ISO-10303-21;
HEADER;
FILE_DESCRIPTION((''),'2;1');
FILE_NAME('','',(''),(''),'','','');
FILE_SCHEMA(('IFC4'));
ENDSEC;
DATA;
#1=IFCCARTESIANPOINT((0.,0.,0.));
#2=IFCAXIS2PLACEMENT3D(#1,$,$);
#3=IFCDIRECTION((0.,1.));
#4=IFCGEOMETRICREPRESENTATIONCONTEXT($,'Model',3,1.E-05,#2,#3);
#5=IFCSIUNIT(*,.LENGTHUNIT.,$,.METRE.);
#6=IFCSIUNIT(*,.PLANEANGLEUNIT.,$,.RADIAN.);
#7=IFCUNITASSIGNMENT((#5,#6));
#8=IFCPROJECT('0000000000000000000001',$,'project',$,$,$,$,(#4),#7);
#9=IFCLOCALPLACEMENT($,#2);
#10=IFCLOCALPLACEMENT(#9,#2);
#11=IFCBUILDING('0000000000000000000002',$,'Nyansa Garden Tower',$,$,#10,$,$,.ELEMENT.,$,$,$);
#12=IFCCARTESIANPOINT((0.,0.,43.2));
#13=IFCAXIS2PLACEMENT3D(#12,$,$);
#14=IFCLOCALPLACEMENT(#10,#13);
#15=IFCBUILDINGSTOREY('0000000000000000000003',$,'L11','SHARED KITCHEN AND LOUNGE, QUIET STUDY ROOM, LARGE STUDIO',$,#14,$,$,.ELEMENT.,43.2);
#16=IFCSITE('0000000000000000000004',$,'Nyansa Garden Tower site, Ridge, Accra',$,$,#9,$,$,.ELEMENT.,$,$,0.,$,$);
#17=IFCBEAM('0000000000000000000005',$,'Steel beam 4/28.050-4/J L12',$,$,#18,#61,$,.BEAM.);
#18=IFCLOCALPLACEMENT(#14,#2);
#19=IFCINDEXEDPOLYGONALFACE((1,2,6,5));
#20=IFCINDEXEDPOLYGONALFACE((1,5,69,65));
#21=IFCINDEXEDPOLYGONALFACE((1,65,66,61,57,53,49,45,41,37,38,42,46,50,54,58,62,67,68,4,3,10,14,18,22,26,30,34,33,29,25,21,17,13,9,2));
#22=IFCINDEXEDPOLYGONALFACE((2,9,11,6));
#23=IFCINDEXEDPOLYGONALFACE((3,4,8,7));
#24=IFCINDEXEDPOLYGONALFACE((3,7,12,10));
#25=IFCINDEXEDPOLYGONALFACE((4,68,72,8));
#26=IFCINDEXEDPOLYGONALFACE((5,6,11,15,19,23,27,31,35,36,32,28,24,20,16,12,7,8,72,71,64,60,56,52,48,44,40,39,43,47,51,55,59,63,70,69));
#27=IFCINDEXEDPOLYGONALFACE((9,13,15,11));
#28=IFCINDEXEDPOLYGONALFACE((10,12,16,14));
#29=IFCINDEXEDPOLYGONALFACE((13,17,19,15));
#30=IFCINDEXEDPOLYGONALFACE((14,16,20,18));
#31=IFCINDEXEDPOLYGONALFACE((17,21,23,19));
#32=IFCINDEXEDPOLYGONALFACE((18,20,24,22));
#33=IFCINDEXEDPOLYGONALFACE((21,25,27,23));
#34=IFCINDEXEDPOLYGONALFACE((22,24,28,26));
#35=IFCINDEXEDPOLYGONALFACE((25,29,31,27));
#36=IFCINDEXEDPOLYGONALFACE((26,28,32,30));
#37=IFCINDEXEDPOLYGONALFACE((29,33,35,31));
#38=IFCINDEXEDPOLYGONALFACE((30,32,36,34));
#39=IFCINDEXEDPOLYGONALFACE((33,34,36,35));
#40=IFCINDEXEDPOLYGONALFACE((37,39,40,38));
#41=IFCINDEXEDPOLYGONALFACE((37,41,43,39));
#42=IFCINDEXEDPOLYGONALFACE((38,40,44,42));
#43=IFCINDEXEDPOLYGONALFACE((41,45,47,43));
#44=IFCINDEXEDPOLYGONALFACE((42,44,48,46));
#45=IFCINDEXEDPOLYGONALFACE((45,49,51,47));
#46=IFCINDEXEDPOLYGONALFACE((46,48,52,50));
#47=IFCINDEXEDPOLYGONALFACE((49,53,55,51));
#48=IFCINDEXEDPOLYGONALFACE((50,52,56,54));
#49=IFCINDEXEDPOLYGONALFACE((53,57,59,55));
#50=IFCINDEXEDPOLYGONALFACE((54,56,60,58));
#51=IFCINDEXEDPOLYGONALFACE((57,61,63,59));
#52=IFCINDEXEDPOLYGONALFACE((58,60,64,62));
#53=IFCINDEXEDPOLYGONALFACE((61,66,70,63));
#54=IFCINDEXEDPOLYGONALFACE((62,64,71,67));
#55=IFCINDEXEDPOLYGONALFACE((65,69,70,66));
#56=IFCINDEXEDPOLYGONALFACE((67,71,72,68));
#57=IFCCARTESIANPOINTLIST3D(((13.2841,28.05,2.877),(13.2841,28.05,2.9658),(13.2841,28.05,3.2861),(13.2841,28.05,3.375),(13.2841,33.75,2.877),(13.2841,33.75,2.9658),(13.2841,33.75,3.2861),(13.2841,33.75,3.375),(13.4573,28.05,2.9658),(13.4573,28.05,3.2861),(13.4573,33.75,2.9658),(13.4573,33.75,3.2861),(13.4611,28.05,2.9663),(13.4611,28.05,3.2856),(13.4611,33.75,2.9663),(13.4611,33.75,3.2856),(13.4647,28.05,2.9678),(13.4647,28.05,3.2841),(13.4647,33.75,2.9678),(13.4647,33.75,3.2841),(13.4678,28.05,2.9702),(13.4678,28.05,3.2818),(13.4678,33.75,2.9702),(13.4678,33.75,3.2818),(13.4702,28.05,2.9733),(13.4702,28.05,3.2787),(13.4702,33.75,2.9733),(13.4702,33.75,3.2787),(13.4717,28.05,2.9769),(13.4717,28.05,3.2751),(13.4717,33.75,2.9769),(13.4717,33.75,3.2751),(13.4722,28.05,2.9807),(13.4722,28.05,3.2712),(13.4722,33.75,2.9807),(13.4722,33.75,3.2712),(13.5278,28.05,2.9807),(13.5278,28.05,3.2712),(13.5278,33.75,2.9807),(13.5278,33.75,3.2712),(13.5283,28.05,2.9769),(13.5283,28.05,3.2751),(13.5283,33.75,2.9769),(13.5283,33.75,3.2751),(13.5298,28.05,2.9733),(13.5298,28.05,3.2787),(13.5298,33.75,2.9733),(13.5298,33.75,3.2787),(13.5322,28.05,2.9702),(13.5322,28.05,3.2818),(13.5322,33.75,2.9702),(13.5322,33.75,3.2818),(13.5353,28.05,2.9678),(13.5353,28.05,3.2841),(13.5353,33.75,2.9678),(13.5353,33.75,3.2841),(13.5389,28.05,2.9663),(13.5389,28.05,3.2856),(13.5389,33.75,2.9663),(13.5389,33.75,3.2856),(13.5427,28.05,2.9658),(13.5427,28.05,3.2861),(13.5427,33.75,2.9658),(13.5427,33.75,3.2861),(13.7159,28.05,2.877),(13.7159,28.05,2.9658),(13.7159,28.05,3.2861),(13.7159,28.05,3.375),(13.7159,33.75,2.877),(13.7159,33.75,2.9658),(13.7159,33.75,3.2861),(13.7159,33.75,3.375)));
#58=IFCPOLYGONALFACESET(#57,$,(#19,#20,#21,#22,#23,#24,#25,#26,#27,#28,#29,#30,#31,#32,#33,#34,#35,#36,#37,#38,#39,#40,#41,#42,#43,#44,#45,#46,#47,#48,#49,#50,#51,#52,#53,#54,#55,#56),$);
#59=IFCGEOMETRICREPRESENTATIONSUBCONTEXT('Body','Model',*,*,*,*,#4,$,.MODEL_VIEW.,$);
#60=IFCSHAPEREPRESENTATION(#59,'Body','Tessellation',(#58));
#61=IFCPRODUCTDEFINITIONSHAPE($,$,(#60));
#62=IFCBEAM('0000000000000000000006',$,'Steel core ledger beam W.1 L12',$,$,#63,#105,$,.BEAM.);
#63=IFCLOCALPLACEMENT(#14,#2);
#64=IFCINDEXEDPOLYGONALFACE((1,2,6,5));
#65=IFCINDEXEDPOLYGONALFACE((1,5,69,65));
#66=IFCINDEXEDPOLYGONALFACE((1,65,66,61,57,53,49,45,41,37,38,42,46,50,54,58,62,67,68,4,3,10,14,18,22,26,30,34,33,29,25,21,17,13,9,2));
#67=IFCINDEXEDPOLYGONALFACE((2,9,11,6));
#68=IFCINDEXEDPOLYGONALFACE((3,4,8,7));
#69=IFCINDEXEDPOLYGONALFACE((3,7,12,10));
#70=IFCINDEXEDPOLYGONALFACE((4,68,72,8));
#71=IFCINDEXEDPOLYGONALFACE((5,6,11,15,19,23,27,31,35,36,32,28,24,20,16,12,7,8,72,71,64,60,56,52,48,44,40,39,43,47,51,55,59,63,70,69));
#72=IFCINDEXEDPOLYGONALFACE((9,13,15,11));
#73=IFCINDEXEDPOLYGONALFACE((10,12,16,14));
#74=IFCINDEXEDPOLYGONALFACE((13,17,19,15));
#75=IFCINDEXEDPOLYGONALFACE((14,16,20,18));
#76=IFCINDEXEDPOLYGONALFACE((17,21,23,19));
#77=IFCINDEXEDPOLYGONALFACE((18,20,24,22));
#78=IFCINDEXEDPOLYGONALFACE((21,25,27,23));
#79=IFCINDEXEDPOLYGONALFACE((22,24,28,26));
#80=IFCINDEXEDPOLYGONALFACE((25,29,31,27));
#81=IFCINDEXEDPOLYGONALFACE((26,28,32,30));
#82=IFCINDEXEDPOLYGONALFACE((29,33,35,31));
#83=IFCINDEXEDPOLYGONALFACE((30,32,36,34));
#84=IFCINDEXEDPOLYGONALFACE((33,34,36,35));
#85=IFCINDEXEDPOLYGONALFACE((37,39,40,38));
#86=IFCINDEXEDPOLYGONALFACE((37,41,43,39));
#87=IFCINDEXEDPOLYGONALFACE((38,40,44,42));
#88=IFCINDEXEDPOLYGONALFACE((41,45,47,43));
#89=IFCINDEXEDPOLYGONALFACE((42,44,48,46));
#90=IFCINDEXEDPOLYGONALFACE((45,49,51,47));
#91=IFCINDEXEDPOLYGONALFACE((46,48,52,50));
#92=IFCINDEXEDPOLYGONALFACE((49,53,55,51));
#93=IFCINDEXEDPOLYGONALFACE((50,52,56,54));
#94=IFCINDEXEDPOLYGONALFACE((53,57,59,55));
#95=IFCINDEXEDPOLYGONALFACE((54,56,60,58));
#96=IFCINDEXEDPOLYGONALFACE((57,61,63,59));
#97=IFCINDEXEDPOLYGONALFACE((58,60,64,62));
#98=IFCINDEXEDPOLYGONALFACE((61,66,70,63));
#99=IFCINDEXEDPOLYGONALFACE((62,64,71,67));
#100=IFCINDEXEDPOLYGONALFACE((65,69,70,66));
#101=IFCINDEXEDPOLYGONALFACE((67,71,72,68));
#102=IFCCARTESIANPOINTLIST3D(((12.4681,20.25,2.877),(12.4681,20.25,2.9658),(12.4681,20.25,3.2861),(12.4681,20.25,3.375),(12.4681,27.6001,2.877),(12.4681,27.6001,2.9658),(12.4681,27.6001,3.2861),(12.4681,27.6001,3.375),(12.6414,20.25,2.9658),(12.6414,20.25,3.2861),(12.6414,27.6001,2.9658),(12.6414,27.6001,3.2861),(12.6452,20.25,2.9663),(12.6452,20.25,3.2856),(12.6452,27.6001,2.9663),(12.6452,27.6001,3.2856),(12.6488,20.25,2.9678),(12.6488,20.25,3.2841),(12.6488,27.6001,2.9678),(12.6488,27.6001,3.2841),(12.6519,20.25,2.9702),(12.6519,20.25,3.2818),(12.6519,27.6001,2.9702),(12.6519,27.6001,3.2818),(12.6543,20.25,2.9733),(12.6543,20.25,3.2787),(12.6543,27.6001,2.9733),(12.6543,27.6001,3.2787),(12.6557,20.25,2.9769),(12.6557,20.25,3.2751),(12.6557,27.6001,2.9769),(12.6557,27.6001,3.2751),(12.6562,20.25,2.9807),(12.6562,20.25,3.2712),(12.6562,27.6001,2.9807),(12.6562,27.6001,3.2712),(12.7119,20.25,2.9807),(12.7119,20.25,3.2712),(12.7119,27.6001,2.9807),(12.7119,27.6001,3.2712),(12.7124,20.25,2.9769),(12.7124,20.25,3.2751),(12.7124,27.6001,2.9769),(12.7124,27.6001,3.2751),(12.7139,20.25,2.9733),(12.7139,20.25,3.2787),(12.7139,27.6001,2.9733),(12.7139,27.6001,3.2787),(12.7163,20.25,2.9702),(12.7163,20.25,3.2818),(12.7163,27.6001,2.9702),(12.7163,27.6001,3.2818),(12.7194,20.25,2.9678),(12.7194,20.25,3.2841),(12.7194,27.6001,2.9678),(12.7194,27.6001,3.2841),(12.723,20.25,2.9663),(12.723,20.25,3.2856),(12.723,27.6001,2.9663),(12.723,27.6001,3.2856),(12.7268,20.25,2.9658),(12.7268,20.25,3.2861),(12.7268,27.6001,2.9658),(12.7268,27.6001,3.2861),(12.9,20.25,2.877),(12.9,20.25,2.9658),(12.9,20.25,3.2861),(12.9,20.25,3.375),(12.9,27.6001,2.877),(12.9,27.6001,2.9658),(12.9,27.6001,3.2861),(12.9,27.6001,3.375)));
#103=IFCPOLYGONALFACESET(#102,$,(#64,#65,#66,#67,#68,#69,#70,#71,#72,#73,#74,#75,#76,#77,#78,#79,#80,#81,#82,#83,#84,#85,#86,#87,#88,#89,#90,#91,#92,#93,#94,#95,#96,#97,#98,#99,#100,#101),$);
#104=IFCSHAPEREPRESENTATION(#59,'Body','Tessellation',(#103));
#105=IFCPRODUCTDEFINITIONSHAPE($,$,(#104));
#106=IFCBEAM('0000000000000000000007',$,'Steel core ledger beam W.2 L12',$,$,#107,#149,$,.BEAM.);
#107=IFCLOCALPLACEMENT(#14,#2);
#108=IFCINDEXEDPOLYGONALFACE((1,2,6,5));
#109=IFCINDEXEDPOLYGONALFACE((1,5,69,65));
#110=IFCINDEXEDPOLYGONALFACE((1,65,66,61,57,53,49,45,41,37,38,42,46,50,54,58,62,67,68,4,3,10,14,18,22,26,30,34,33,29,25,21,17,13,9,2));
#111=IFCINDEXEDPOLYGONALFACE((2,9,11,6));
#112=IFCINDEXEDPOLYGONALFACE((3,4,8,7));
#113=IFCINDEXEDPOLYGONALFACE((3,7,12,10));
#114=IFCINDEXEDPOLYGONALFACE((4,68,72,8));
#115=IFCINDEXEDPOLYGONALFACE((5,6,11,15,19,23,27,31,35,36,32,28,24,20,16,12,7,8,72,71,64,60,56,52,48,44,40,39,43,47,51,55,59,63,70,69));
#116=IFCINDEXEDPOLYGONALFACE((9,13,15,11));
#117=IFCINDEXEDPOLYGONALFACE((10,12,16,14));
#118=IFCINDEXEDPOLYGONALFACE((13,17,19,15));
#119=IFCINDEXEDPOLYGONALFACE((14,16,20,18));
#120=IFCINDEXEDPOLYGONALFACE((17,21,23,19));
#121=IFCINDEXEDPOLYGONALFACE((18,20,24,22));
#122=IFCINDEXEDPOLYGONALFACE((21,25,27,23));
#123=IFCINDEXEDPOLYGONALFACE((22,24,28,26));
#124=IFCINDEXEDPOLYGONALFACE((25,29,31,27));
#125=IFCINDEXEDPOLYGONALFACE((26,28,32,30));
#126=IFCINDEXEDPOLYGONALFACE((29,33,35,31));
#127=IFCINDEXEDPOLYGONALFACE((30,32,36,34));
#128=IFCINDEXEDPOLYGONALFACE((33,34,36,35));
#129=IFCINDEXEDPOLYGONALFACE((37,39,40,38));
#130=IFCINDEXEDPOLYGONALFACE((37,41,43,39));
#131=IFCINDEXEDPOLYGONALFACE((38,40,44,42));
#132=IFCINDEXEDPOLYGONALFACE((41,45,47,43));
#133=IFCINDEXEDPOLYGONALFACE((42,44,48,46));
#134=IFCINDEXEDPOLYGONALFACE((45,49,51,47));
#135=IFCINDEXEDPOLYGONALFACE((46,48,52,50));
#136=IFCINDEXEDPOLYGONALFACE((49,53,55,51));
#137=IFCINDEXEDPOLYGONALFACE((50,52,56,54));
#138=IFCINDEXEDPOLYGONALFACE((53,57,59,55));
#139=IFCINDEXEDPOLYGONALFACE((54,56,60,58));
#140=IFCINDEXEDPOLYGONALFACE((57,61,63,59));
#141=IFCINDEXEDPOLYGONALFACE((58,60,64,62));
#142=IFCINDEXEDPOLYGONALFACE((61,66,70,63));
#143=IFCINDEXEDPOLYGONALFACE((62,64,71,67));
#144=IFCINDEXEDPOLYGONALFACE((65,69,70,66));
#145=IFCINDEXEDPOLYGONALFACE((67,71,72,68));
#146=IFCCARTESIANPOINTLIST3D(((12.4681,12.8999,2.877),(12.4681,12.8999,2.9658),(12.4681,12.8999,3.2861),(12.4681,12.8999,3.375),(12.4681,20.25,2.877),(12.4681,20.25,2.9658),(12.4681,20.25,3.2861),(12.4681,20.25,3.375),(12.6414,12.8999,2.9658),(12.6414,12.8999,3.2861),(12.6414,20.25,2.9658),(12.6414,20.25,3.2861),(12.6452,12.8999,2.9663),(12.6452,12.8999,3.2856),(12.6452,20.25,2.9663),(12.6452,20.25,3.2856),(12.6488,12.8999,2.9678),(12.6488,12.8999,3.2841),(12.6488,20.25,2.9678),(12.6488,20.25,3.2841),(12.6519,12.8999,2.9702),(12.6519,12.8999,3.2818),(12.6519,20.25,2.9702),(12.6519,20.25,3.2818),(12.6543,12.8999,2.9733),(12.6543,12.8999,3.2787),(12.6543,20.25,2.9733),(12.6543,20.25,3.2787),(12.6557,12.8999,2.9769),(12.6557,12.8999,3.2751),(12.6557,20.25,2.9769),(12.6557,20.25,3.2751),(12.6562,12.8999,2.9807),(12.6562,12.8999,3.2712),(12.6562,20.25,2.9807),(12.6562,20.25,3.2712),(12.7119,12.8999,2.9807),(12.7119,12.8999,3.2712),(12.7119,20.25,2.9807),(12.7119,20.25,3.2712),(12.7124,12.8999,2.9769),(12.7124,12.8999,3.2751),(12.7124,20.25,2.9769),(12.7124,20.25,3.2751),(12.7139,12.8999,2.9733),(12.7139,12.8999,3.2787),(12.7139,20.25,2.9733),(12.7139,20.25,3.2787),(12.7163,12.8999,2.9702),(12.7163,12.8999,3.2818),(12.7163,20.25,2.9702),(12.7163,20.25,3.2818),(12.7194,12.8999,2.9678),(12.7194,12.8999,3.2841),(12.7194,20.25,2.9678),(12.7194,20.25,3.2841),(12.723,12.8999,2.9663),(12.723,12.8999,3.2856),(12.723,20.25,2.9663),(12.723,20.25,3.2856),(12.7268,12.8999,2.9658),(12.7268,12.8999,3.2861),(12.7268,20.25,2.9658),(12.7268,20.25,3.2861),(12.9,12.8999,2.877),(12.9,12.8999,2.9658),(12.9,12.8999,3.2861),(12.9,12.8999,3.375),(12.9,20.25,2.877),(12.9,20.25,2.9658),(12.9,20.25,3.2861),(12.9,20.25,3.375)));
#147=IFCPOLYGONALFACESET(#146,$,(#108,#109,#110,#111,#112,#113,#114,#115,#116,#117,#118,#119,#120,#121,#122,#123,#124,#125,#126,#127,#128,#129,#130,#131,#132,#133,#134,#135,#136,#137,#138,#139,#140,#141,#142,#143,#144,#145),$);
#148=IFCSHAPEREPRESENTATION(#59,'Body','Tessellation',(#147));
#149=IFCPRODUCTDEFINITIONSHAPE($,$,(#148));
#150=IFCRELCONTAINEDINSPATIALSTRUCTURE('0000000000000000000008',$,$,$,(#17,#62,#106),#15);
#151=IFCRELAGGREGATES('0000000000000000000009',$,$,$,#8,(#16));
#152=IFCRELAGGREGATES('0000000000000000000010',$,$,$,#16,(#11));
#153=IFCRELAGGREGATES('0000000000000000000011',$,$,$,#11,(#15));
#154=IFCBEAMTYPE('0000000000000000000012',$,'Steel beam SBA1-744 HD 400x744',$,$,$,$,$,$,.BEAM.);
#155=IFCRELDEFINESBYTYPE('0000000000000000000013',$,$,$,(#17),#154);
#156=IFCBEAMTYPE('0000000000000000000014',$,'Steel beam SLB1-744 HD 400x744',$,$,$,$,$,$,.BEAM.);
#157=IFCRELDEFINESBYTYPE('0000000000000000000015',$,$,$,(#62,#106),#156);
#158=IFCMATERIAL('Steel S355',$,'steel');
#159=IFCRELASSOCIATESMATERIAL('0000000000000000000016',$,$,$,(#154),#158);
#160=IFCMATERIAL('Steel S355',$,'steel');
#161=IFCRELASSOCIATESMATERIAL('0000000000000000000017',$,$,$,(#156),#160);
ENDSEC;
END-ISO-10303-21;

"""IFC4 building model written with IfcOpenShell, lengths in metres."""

from ifc_helpers import new_model, si_unit, direction, frame, origin, origin_2d, place, context, subcontext, project, spatial, i_section, extrude, material, material_profile, profile_set, type_object, element, save


model = new_model("IFC4")

# Units and contexts
model_context = context("Model", 3, precision=1e-05, world=origin(), true_north=direction((0.0, 1.0)))
body_context = subcontext(model_context, "Body", "Model", "MODEL_VIEW")
ifc_project = project(units=[si_unit("LENGTHUNIT", "METRE"), si_unit("PLANEANGLEUNIT", "RADIAN")], contexts=[model_context])

# Site, building, storey
site_placement = place(None, origin())
site = spatial("IfcSite", under=ifc_project, at=site_placement, Name="Nyansa Garden Tower site, Ridge, Accra", CompositionType="ELEMENT", RefElevation=0.0)
building_placement = place(site_placement, origin())
building = spatial("IfcBuilding", under=site, at=building_placement, Name="Nyansa Garden Tower", CompositionType="ELEMENT")
storey_placement = place(building_placement, frame((0.0, 0.0, 43.2)))
storey = spatial("IfcBuildingStorey", under=building, at=storey_placement, Name="L11", Description="SHARED KITCHEN AND LOUNGE, QUIET STUDY ROOM, LARGE STUDIO", CompositionType="ELEMENT", Elevation=43.2)

# Beams
ifc_material_1 = material(Name="Steel S355", Category="steel")
ifc_material_profile_1 = material_profile(ifc_material_1, i_section(OverallWidth=0.4319, OverallDepth=0.498, WebThickness=0.0557, FlangeThickness=0.0889, FilletRadius=0.0149, at=origin_2d()), Name="HD 400x744")
ifc_profile_set_1 = profile_set([ifc_material_profile_1], Name="Steel S355")
beam_type_1 = type_object("IfcBeamType", Name="Steel beam SBA1-744 HD 400x744", PredefinedType="BEAM", material=ifc_profile_set_1)
for number, where, z_axis, x_axis, name in (
    (1, (13.5, 28.05, 3.126), (0.0, 1.0, 0.0), (-1.0, 0.0, 0.0), "Steel beam 4/28.050-4/J L12"),
):
    element("IfcBeam", number, at=place(storey_placement, frame(where, z_axis=z_axis, x_axis=x_axis)), inside=storey, type_object=beam_type_1, Name=name, PredefinedType="BEAM", context=body_context, shape_type="SweptSolid", body=[
        extrude(i_section(OverallWidth=0.4319, OverallDepth=0.498, WebThickness=0.0557, FlangeThickness=0.0889, FilletRadius=0.0149, at=origin_2d()), origin(), (0.0, 0.0, 1.0), 5.7),
    ])
ifc_material_2 = material(Name="Steel S355", Category="steel")
ifc_material_profile_2 = material_profile(ifc_material_2, i_section(OverallWidth=0.4319, OverallDepth=0.498, WebThickness=0.0557, FlangeThickness=0.0889, FilletRadius=0.0149, at=origin_2d()), Name="HD 400x744")
ifc_profile_set_2 = profile_set([ifc_material_profile_2], Name="Steel S355")
beam_type_2 = type_object("IfcBeamType", Name="Steel beam SLB1-744 HD 400x744", PredefinedType="BEAM", material=ifc_profile_set_2)
for number, where, z_axis, x_axis, name in (
    (2, (12.6841, 27.6001, 3.126), (0.0, -1.0, 0.0), (1.0, 0.0, 0.0), "Steel core ledger beam W.1 L12"),
    (3, (12.6841, 20.25, 3.126), (0.0, -1.0, 0.0), (1.0, 0.0, 0.0), "Steel core ledger beam W.2 L12"),
):
    element("IfcBeam", number, at=place(storey_placement, frame(where, z_axis=z_axis, x_axis=x_axis)), inside=storey, type_object=beam_type_2, Name=name, PredefinedType="BEAM", context=body_context, shape_type="SweptSolid", body=[
        extrude(i_section(OverallWidth=0.4319, OverallDepth=0.498, WebThickness=0.0557, FlangeThickness=0.0889, FilletRadius=0.0149, at=origin_2d()), origin(), (0.0, 0.0, 1.0), 7.3501),
    ])

save(model, "model.ifc")
